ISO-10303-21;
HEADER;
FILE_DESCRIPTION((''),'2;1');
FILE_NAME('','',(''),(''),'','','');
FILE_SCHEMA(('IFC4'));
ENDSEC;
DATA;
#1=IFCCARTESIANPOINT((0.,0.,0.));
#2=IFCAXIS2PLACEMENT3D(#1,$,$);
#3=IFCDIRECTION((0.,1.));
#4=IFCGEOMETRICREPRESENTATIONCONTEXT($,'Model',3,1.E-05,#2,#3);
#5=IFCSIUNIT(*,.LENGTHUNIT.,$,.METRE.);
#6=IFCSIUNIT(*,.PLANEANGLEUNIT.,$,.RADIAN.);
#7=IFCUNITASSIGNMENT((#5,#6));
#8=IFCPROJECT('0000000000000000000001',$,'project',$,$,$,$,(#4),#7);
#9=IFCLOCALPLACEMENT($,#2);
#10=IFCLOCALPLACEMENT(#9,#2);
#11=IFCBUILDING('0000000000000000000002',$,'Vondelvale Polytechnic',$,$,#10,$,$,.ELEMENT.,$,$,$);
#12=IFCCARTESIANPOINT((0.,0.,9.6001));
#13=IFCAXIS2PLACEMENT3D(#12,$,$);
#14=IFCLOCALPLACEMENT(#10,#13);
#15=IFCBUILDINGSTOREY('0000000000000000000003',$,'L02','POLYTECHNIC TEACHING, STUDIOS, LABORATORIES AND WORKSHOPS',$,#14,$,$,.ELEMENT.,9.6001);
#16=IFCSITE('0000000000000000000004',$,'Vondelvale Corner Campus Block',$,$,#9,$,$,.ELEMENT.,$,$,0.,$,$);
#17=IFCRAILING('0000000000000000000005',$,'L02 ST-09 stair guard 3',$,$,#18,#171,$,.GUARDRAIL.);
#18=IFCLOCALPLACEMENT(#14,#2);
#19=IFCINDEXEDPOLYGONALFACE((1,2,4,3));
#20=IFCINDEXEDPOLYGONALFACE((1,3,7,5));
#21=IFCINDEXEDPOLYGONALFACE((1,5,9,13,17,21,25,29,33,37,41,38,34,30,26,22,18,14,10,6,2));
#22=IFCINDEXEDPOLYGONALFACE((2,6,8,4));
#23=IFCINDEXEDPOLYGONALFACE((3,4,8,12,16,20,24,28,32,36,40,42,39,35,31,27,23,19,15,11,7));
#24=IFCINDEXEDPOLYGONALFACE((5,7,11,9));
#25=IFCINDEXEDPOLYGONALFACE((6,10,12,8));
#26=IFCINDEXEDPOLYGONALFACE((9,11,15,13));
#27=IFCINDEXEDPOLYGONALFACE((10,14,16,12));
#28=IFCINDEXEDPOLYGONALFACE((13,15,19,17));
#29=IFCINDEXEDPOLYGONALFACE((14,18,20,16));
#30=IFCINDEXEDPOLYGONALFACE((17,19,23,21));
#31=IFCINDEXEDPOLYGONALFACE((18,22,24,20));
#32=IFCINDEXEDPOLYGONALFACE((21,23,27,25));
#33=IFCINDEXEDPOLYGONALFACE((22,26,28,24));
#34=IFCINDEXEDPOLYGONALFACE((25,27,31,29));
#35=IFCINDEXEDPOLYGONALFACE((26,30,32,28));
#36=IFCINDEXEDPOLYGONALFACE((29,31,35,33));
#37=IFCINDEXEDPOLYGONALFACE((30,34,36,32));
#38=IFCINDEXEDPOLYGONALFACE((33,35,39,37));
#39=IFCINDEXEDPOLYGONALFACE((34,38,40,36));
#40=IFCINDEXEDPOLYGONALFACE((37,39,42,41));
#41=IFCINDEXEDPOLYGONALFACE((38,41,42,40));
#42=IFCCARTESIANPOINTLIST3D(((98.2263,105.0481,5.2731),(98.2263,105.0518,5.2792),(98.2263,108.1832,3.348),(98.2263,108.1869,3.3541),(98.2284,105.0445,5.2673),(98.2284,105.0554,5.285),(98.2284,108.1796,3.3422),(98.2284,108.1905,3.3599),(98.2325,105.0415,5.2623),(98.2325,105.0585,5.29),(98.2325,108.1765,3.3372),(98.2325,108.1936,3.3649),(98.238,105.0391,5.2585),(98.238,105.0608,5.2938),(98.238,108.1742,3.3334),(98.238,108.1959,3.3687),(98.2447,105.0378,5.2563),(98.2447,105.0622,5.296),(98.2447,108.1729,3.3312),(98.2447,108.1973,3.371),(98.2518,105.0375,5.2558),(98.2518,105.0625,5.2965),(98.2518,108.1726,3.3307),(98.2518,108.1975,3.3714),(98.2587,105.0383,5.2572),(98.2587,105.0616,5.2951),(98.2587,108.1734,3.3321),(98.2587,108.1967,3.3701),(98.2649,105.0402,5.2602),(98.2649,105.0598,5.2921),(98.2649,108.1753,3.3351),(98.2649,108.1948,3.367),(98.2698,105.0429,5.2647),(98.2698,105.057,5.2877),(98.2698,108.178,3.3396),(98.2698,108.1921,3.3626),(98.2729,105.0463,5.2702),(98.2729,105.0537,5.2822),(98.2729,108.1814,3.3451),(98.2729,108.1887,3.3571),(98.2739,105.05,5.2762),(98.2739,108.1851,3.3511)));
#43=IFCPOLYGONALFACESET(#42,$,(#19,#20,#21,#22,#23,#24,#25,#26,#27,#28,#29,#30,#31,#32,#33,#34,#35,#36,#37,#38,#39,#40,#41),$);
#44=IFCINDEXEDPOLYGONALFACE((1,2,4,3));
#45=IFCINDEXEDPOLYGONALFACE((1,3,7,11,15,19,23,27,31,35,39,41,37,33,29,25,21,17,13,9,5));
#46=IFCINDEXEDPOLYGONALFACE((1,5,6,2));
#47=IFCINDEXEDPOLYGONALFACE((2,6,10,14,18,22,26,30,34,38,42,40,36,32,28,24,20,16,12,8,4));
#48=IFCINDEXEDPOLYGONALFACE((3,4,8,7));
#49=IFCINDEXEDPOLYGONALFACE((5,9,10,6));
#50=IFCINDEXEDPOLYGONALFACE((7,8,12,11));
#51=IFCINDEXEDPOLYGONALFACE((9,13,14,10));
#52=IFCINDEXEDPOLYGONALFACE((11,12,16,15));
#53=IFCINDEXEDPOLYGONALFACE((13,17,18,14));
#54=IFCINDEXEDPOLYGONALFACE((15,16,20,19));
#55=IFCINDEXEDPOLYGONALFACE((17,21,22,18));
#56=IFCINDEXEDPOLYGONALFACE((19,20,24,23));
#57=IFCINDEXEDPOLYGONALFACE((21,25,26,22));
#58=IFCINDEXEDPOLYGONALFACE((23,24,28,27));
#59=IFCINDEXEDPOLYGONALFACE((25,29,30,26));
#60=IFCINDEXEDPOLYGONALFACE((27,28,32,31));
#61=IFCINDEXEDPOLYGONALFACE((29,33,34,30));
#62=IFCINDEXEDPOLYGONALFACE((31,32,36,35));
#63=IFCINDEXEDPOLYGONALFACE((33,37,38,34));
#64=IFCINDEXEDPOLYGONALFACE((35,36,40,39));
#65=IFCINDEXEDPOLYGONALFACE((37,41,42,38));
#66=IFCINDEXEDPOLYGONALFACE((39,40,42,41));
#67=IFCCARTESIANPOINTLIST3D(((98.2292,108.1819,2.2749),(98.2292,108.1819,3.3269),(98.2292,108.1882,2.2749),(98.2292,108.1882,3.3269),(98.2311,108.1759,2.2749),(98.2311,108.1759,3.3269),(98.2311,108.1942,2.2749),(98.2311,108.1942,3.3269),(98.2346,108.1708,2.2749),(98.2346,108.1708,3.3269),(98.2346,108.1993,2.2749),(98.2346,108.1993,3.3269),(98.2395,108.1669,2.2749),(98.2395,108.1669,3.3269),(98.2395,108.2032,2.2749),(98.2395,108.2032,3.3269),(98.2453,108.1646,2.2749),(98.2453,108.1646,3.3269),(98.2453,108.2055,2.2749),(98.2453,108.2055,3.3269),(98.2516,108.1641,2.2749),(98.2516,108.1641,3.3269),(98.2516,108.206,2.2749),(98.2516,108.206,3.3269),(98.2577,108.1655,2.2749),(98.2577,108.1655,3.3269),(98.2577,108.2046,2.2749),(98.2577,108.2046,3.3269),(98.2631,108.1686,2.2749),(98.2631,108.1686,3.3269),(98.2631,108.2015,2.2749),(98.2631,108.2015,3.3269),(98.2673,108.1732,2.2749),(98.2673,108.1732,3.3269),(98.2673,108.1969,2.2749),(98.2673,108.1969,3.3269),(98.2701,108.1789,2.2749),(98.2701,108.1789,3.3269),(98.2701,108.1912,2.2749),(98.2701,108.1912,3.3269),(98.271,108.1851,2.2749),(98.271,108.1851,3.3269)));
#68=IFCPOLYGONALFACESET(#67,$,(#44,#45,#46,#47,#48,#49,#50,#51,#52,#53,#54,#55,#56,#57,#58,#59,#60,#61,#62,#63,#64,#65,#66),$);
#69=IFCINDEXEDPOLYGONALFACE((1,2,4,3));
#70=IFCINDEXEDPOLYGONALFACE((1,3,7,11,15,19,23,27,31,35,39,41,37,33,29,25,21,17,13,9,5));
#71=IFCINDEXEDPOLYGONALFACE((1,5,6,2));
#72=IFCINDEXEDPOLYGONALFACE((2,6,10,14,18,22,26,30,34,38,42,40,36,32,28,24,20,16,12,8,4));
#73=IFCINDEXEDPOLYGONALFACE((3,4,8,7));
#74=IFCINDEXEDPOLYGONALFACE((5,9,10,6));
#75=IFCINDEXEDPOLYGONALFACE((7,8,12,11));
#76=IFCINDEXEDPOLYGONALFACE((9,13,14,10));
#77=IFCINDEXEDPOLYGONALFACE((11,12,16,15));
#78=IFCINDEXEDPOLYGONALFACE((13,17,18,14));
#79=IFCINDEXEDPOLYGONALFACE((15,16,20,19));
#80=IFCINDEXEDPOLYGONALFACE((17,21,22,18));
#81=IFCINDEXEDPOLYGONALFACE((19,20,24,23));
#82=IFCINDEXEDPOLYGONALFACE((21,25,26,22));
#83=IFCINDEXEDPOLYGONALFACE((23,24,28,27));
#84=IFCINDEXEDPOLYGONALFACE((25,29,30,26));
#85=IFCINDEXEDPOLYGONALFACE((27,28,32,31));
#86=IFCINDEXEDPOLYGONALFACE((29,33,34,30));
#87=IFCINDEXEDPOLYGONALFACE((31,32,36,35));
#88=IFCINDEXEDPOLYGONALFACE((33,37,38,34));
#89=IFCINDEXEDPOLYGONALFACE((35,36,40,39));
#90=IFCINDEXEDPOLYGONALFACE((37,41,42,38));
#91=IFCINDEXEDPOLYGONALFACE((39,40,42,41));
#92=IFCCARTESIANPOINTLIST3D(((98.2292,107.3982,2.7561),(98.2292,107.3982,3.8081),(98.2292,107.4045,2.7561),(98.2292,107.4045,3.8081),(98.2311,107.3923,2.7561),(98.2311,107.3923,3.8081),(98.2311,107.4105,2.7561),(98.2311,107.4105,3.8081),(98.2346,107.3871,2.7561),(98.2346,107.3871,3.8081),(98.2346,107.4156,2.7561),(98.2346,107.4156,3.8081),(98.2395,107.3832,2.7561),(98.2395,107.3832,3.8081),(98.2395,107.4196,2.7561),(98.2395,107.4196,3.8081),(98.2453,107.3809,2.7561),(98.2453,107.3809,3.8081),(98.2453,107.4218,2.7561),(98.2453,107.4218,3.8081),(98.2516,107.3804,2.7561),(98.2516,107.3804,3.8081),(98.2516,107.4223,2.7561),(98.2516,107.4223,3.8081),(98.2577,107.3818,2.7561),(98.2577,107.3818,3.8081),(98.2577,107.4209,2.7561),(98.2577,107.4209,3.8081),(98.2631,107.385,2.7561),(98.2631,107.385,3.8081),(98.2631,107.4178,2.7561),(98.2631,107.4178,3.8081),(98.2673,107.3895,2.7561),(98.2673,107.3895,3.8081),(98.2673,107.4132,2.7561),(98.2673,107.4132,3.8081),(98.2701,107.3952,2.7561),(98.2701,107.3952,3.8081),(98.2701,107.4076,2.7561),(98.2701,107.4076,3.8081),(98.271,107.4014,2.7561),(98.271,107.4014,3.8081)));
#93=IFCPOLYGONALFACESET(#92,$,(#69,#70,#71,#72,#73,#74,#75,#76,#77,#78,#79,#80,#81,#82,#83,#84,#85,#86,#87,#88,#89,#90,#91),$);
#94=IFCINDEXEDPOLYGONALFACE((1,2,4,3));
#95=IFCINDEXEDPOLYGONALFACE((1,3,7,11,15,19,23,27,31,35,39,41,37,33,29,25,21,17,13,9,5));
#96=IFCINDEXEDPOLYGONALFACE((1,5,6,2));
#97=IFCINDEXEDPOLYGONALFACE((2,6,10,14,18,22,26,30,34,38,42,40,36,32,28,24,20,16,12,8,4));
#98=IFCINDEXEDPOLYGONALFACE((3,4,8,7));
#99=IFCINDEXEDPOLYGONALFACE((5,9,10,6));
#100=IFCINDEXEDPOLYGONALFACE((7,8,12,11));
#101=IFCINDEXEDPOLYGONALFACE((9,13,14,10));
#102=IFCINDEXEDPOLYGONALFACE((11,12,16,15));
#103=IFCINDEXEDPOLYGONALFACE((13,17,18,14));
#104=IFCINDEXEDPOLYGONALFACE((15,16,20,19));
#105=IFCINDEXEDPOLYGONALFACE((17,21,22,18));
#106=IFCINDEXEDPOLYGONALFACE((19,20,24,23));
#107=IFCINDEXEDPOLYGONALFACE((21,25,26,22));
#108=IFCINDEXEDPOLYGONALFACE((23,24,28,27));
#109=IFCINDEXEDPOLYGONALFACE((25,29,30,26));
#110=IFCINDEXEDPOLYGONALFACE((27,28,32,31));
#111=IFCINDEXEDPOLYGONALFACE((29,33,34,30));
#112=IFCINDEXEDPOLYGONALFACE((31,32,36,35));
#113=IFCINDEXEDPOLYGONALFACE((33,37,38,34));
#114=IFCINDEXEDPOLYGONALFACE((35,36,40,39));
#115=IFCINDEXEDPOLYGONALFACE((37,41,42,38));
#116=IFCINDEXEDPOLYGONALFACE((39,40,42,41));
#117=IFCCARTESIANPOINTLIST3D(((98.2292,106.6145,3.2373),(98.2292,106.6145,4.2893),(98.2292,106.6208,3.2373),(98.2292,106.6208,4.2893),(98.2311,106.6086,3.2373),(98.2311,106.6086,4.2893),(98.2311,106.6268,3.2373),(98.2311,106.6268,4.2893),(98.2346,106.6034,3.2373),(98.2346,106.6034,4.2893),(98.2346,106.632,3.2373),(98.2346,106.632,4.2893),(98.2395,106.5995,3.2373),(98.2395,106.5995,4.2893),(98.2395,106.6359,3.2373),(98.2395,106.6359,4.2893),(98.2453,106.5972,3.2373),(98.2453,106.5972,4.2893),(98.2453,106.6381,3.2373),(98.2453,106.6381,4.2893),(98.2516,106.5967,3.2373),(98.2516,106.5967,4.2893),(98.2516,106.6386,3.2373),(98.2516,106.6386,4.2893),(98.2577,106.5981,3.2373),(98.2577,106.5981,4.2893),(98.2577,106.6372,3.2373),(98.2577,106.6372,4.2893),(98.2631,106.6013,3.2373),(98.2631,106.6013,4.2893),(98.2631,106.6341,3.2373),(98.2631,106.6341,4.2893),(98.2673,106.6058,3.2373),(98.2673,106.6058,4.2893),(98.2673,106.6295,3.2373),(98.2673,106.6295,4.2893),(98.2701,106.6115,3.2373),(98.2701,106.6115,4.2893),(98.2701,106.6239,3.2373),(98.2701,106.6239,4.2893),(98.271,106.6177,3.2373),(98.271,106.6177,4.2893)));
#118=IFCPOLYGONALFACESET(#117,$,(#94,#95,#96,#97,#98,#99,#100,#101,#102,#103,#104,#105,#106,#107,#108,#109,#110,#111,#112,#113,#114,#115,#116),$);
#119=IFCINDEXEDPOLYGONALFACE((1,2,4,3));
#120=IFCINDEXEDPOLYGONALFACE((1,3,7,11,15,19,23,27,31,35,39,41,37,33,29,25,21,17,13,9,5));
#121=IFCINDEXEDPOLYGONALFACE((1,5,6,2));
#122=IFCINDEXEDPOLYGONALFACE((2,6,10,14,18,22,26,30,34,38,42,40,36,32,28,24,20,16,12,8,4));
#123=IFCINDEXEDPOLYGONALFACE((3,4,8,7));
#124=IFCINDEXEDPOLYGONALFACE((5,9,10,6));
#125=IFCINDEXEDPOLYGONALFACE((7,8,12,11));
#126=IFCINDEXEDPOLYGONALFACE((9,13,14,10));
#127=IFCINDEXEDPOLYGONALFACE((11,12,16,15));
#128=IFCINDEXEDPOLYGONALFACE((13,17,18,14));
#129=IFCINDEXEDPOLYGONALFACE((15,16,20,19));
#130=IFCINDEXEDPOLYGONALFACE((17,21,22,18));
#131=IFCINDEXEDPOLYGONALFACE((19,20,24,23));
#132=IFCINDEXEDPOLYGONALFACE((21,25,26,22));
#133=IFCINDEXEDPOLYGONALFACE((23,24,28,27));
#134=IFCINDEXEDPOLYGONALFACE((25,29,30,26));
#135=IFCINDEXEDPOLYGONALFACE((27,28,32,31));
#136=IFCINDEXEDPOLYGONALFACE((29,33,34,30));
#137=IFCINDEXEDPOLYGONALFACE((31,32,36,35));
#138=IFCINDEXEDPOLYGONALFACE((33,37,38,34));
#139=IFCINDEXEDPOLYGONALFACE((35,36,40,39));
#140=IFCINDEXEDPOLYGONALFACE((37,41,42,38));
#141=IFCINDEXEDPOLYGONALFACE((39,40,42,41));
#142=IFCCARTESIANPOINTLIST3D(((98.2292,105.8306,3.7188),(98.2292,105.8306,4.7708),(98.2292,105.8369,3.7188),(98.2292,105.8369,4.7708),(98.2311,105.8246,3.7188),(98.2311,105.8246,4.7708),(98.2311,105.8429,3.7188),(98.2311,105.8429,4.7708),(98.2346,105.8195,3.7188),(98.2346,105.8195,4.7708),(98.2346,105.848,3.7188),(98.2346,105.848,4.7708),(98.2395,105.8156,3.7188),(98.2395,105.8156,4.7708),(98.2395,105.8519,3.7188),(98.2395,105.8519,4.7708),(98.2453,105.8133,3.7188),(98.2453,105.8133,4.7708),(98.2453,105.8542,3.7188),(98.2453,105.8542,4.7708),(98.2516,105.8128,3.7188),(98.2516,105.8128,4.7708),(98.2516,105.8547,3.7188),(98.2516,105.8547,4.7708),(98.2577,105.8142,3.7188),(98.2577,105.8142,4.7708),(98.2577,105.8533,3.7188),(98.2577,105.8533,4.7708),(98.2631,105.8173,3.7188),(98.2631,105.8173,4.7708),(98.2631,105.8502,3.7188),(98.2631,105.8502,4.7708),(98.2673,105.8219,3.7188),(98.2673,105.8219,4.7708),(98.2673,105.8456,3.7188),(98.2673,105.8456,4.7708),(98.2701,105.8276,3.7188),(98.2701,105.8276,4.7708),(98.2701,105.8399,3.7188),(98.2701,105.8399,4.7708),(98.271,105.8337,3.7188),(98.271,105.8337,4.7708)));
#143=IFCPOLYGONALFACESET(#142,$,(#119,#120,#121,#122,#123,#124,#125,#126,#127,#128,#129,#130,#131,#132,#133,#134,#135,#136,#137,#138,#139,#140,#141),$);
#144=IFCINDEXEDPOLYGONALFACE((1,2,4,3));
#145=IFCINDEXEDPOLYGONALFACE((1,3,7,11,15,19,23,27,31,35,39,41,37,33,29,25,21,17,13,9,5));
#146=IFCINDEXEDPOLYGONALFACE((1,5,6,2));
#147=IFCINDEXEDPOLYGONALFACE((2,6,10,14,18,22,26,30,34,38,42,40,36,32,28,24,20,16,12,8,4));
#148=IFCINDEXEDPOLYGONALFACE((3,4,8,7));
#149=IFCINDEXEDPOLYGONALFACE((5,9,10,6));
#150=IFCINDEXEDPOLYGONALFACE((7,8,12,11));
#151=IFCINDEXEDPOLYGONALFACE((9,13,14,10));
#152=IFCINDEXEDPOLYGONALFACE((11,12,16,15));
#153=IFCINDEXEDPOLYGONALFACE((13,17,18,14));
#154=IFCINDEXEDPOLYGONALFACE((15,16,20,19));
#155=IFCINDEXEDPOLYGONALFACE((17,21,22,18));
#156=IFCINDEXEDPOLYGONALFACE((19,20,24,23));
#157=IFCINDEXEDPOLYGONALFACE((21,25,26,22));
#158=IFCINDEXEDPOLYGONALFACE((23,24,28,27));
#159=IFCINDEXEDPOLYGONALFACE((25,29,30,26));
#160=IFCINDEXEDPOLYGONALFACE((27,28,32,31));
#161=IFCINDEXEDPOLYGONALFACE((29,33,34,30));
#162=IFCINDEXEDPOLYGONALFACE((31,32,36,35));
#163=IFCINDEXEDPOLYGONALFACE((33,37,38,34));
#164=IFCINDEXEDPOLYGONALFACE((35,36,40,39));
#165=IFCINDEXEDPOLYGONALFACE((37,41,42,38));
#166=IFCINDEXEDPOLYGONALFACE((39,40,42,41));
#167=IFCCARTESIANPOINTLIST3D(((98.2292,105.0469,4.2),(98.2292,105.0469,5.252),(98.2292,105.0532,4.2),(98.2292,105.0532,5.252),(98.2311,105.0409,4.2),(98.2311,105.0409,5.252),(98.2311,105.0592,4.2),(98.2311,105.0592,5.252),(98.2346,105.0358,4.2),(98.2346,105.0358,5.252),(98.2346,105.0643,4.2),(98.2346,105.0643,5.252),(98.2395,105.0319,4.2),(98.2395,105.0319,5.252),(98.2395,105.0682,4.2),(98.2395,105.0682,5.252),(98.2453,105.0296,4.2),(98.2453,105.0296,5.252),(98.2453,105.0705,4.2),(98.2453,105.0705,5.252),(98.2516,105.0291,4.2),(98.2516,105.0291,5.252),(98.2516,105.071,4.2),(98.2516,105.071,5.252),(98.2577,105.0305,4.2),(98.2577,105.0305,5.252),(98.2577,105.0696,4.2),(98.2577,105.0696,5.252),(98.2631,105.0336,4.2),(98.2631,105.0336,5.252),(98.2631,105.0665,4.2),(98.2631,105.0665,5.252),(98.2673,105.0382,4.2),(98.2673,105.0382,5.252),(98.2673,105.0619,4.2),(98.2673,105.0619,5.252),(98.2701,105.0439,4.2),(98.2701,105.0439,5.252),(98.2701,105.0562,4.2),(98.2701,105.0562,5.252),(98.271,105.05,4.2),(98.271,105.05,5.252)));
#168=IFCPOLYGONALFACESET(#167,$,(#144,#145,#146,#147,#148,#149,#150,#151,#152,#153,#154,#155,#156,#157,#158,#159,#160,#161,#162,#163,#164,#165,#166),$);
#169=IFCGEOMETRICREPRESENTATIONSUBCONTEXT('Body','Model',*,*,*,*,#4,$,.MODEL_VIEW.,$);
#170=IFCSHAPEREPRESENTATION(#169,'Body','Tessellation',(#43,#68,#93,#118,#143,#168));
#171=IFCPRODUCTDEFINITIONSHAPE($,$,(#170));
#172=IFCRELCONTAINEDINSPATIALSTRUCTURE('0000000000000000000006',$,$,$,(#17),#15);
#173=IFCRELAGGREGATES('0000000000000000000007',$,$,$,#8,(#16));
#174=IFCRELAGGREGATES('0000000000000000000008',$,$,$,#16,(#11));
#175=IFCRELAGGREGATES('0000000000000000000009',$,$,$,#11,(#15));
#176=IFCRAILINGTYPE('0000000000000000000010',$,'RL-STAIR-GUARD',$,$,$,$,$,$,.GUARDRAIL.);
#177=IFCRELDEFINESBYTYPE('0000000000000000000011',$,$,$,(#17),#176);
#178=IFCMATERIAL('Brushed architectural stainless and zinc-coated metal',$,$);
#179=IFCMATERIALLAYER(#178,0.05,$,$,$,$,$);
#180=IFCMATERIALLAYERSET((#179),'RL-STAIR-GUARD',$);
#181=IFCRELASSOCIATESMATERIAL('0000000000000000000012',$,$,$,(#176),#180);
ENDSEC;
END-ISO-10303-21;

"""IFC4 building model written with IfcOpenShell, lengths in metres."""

from ifc_helpers import new_model, si_unit, direction, frame, origin, origin_2d, place, context, subcontext, project, spatial, circle, extrude, material, layer, layer_set, type_object, element, save


model = new_model("IFC4")

# Units and contexts
model_context = context("Model", 3, precision=1e-05, world=origin(), true_north=direction((0.0, 1.0)))
body_context = subcontext(model_context, "Body", "Model", "MODEL_VIEW")
ifc_project = project(units=[si_unit("LENGTHUNIT", "METRE"), si_unit("PLANEANGLEUNIT", "RADIAN")], contexts=[model_context])

# Site, building, storey
site_placement = place(None, origin())
site = spatial("IfcSite", under=ifc_project, at=site_placement, Name="Vondelvale Corner Campus Block", CompositionType="ELEMENT", RefElevation=0.0)
building_placement = place(site_placement, origin())
building = spatial("IfcBuilding", under=site, at=building_placement, Name="Vondelvale Polytechnic", CompositionType="ELEMENT")
storey_placement = place(building_placement, frame((0.0, 0.0, 9.6001)))
storey = spatial("IfcBuildingStorey", under=building, at=storey_placement, Name="L02", Description="POLYTECHNIC TEACHING, STUDIOS, LABORATORIES AND WORKSHOPS", CompositionType="ELEMENT", Elevation=9.6001)

# Railing
ifc_material_1 = material(Name="Brushed architectural stainless and zinc-coated metal")
ifc_layer_1 = layer(ifc_material_1, 0.05)
ifc_layer_set_1 = layer_set([ifc_layer_1], Name="RL-STAIR-GUARD")
railing_type_1 = type_object("IfcRailingType", Name="RL-STAIR-GUARD", PredefinedType="GUARDRAIL", material=ifc_layer_set_1)
railing_1_placement = place(storey_placement, frame((98.25, 108.1851, 2.2749)))
element("IfcRailing", 1, at=railing_1_placement, inside=storey, type_object=railing_type_1, Name="L02 ST-09 stair guard 3", PredefinedType="GUARDRAIL", context=body_context, shape_type="SweptSolid", body=[
    extrude(circle(Radius=0.0239, at=origin_2d()), frame((0.0, 0.0, 1.0762), z_axis=(0.0, -0.852166, 0.523271), x_axis=(1.0, 0.0, 0.0)), (0.0, 0.0, 1.0), 3.679),
    extrude(circle(Radius=0.021, at=origin_2d()), origin(), (0.0, 0.0, 1.0), 1.052),
    extrude(circle(Radius=0.021, at=origin_2d()), frame((0.0, -0.7837, 0.4812)), (0.0, 0.0, 1.0), 1.052),
    extrude(circle(Radius=0.021, at=origin_2d()), frame((0.0, -1.5674, 0.9624)), (0.0, 0.0, 1.0), 1.052),
    extrude(circle(Radius=0.021, at=origin_2d()), frame((0.0, -2.3513, 1.4438)), (0.0, 0.0, 1.0), 1.052),
    extrude(circle(Radius=0.021, at=origin_2d()), frame((0.0, -3.135, 1.925)), (0.0, 0.0, 1.0), 1.052),
])

save(model, "model.ifc")
